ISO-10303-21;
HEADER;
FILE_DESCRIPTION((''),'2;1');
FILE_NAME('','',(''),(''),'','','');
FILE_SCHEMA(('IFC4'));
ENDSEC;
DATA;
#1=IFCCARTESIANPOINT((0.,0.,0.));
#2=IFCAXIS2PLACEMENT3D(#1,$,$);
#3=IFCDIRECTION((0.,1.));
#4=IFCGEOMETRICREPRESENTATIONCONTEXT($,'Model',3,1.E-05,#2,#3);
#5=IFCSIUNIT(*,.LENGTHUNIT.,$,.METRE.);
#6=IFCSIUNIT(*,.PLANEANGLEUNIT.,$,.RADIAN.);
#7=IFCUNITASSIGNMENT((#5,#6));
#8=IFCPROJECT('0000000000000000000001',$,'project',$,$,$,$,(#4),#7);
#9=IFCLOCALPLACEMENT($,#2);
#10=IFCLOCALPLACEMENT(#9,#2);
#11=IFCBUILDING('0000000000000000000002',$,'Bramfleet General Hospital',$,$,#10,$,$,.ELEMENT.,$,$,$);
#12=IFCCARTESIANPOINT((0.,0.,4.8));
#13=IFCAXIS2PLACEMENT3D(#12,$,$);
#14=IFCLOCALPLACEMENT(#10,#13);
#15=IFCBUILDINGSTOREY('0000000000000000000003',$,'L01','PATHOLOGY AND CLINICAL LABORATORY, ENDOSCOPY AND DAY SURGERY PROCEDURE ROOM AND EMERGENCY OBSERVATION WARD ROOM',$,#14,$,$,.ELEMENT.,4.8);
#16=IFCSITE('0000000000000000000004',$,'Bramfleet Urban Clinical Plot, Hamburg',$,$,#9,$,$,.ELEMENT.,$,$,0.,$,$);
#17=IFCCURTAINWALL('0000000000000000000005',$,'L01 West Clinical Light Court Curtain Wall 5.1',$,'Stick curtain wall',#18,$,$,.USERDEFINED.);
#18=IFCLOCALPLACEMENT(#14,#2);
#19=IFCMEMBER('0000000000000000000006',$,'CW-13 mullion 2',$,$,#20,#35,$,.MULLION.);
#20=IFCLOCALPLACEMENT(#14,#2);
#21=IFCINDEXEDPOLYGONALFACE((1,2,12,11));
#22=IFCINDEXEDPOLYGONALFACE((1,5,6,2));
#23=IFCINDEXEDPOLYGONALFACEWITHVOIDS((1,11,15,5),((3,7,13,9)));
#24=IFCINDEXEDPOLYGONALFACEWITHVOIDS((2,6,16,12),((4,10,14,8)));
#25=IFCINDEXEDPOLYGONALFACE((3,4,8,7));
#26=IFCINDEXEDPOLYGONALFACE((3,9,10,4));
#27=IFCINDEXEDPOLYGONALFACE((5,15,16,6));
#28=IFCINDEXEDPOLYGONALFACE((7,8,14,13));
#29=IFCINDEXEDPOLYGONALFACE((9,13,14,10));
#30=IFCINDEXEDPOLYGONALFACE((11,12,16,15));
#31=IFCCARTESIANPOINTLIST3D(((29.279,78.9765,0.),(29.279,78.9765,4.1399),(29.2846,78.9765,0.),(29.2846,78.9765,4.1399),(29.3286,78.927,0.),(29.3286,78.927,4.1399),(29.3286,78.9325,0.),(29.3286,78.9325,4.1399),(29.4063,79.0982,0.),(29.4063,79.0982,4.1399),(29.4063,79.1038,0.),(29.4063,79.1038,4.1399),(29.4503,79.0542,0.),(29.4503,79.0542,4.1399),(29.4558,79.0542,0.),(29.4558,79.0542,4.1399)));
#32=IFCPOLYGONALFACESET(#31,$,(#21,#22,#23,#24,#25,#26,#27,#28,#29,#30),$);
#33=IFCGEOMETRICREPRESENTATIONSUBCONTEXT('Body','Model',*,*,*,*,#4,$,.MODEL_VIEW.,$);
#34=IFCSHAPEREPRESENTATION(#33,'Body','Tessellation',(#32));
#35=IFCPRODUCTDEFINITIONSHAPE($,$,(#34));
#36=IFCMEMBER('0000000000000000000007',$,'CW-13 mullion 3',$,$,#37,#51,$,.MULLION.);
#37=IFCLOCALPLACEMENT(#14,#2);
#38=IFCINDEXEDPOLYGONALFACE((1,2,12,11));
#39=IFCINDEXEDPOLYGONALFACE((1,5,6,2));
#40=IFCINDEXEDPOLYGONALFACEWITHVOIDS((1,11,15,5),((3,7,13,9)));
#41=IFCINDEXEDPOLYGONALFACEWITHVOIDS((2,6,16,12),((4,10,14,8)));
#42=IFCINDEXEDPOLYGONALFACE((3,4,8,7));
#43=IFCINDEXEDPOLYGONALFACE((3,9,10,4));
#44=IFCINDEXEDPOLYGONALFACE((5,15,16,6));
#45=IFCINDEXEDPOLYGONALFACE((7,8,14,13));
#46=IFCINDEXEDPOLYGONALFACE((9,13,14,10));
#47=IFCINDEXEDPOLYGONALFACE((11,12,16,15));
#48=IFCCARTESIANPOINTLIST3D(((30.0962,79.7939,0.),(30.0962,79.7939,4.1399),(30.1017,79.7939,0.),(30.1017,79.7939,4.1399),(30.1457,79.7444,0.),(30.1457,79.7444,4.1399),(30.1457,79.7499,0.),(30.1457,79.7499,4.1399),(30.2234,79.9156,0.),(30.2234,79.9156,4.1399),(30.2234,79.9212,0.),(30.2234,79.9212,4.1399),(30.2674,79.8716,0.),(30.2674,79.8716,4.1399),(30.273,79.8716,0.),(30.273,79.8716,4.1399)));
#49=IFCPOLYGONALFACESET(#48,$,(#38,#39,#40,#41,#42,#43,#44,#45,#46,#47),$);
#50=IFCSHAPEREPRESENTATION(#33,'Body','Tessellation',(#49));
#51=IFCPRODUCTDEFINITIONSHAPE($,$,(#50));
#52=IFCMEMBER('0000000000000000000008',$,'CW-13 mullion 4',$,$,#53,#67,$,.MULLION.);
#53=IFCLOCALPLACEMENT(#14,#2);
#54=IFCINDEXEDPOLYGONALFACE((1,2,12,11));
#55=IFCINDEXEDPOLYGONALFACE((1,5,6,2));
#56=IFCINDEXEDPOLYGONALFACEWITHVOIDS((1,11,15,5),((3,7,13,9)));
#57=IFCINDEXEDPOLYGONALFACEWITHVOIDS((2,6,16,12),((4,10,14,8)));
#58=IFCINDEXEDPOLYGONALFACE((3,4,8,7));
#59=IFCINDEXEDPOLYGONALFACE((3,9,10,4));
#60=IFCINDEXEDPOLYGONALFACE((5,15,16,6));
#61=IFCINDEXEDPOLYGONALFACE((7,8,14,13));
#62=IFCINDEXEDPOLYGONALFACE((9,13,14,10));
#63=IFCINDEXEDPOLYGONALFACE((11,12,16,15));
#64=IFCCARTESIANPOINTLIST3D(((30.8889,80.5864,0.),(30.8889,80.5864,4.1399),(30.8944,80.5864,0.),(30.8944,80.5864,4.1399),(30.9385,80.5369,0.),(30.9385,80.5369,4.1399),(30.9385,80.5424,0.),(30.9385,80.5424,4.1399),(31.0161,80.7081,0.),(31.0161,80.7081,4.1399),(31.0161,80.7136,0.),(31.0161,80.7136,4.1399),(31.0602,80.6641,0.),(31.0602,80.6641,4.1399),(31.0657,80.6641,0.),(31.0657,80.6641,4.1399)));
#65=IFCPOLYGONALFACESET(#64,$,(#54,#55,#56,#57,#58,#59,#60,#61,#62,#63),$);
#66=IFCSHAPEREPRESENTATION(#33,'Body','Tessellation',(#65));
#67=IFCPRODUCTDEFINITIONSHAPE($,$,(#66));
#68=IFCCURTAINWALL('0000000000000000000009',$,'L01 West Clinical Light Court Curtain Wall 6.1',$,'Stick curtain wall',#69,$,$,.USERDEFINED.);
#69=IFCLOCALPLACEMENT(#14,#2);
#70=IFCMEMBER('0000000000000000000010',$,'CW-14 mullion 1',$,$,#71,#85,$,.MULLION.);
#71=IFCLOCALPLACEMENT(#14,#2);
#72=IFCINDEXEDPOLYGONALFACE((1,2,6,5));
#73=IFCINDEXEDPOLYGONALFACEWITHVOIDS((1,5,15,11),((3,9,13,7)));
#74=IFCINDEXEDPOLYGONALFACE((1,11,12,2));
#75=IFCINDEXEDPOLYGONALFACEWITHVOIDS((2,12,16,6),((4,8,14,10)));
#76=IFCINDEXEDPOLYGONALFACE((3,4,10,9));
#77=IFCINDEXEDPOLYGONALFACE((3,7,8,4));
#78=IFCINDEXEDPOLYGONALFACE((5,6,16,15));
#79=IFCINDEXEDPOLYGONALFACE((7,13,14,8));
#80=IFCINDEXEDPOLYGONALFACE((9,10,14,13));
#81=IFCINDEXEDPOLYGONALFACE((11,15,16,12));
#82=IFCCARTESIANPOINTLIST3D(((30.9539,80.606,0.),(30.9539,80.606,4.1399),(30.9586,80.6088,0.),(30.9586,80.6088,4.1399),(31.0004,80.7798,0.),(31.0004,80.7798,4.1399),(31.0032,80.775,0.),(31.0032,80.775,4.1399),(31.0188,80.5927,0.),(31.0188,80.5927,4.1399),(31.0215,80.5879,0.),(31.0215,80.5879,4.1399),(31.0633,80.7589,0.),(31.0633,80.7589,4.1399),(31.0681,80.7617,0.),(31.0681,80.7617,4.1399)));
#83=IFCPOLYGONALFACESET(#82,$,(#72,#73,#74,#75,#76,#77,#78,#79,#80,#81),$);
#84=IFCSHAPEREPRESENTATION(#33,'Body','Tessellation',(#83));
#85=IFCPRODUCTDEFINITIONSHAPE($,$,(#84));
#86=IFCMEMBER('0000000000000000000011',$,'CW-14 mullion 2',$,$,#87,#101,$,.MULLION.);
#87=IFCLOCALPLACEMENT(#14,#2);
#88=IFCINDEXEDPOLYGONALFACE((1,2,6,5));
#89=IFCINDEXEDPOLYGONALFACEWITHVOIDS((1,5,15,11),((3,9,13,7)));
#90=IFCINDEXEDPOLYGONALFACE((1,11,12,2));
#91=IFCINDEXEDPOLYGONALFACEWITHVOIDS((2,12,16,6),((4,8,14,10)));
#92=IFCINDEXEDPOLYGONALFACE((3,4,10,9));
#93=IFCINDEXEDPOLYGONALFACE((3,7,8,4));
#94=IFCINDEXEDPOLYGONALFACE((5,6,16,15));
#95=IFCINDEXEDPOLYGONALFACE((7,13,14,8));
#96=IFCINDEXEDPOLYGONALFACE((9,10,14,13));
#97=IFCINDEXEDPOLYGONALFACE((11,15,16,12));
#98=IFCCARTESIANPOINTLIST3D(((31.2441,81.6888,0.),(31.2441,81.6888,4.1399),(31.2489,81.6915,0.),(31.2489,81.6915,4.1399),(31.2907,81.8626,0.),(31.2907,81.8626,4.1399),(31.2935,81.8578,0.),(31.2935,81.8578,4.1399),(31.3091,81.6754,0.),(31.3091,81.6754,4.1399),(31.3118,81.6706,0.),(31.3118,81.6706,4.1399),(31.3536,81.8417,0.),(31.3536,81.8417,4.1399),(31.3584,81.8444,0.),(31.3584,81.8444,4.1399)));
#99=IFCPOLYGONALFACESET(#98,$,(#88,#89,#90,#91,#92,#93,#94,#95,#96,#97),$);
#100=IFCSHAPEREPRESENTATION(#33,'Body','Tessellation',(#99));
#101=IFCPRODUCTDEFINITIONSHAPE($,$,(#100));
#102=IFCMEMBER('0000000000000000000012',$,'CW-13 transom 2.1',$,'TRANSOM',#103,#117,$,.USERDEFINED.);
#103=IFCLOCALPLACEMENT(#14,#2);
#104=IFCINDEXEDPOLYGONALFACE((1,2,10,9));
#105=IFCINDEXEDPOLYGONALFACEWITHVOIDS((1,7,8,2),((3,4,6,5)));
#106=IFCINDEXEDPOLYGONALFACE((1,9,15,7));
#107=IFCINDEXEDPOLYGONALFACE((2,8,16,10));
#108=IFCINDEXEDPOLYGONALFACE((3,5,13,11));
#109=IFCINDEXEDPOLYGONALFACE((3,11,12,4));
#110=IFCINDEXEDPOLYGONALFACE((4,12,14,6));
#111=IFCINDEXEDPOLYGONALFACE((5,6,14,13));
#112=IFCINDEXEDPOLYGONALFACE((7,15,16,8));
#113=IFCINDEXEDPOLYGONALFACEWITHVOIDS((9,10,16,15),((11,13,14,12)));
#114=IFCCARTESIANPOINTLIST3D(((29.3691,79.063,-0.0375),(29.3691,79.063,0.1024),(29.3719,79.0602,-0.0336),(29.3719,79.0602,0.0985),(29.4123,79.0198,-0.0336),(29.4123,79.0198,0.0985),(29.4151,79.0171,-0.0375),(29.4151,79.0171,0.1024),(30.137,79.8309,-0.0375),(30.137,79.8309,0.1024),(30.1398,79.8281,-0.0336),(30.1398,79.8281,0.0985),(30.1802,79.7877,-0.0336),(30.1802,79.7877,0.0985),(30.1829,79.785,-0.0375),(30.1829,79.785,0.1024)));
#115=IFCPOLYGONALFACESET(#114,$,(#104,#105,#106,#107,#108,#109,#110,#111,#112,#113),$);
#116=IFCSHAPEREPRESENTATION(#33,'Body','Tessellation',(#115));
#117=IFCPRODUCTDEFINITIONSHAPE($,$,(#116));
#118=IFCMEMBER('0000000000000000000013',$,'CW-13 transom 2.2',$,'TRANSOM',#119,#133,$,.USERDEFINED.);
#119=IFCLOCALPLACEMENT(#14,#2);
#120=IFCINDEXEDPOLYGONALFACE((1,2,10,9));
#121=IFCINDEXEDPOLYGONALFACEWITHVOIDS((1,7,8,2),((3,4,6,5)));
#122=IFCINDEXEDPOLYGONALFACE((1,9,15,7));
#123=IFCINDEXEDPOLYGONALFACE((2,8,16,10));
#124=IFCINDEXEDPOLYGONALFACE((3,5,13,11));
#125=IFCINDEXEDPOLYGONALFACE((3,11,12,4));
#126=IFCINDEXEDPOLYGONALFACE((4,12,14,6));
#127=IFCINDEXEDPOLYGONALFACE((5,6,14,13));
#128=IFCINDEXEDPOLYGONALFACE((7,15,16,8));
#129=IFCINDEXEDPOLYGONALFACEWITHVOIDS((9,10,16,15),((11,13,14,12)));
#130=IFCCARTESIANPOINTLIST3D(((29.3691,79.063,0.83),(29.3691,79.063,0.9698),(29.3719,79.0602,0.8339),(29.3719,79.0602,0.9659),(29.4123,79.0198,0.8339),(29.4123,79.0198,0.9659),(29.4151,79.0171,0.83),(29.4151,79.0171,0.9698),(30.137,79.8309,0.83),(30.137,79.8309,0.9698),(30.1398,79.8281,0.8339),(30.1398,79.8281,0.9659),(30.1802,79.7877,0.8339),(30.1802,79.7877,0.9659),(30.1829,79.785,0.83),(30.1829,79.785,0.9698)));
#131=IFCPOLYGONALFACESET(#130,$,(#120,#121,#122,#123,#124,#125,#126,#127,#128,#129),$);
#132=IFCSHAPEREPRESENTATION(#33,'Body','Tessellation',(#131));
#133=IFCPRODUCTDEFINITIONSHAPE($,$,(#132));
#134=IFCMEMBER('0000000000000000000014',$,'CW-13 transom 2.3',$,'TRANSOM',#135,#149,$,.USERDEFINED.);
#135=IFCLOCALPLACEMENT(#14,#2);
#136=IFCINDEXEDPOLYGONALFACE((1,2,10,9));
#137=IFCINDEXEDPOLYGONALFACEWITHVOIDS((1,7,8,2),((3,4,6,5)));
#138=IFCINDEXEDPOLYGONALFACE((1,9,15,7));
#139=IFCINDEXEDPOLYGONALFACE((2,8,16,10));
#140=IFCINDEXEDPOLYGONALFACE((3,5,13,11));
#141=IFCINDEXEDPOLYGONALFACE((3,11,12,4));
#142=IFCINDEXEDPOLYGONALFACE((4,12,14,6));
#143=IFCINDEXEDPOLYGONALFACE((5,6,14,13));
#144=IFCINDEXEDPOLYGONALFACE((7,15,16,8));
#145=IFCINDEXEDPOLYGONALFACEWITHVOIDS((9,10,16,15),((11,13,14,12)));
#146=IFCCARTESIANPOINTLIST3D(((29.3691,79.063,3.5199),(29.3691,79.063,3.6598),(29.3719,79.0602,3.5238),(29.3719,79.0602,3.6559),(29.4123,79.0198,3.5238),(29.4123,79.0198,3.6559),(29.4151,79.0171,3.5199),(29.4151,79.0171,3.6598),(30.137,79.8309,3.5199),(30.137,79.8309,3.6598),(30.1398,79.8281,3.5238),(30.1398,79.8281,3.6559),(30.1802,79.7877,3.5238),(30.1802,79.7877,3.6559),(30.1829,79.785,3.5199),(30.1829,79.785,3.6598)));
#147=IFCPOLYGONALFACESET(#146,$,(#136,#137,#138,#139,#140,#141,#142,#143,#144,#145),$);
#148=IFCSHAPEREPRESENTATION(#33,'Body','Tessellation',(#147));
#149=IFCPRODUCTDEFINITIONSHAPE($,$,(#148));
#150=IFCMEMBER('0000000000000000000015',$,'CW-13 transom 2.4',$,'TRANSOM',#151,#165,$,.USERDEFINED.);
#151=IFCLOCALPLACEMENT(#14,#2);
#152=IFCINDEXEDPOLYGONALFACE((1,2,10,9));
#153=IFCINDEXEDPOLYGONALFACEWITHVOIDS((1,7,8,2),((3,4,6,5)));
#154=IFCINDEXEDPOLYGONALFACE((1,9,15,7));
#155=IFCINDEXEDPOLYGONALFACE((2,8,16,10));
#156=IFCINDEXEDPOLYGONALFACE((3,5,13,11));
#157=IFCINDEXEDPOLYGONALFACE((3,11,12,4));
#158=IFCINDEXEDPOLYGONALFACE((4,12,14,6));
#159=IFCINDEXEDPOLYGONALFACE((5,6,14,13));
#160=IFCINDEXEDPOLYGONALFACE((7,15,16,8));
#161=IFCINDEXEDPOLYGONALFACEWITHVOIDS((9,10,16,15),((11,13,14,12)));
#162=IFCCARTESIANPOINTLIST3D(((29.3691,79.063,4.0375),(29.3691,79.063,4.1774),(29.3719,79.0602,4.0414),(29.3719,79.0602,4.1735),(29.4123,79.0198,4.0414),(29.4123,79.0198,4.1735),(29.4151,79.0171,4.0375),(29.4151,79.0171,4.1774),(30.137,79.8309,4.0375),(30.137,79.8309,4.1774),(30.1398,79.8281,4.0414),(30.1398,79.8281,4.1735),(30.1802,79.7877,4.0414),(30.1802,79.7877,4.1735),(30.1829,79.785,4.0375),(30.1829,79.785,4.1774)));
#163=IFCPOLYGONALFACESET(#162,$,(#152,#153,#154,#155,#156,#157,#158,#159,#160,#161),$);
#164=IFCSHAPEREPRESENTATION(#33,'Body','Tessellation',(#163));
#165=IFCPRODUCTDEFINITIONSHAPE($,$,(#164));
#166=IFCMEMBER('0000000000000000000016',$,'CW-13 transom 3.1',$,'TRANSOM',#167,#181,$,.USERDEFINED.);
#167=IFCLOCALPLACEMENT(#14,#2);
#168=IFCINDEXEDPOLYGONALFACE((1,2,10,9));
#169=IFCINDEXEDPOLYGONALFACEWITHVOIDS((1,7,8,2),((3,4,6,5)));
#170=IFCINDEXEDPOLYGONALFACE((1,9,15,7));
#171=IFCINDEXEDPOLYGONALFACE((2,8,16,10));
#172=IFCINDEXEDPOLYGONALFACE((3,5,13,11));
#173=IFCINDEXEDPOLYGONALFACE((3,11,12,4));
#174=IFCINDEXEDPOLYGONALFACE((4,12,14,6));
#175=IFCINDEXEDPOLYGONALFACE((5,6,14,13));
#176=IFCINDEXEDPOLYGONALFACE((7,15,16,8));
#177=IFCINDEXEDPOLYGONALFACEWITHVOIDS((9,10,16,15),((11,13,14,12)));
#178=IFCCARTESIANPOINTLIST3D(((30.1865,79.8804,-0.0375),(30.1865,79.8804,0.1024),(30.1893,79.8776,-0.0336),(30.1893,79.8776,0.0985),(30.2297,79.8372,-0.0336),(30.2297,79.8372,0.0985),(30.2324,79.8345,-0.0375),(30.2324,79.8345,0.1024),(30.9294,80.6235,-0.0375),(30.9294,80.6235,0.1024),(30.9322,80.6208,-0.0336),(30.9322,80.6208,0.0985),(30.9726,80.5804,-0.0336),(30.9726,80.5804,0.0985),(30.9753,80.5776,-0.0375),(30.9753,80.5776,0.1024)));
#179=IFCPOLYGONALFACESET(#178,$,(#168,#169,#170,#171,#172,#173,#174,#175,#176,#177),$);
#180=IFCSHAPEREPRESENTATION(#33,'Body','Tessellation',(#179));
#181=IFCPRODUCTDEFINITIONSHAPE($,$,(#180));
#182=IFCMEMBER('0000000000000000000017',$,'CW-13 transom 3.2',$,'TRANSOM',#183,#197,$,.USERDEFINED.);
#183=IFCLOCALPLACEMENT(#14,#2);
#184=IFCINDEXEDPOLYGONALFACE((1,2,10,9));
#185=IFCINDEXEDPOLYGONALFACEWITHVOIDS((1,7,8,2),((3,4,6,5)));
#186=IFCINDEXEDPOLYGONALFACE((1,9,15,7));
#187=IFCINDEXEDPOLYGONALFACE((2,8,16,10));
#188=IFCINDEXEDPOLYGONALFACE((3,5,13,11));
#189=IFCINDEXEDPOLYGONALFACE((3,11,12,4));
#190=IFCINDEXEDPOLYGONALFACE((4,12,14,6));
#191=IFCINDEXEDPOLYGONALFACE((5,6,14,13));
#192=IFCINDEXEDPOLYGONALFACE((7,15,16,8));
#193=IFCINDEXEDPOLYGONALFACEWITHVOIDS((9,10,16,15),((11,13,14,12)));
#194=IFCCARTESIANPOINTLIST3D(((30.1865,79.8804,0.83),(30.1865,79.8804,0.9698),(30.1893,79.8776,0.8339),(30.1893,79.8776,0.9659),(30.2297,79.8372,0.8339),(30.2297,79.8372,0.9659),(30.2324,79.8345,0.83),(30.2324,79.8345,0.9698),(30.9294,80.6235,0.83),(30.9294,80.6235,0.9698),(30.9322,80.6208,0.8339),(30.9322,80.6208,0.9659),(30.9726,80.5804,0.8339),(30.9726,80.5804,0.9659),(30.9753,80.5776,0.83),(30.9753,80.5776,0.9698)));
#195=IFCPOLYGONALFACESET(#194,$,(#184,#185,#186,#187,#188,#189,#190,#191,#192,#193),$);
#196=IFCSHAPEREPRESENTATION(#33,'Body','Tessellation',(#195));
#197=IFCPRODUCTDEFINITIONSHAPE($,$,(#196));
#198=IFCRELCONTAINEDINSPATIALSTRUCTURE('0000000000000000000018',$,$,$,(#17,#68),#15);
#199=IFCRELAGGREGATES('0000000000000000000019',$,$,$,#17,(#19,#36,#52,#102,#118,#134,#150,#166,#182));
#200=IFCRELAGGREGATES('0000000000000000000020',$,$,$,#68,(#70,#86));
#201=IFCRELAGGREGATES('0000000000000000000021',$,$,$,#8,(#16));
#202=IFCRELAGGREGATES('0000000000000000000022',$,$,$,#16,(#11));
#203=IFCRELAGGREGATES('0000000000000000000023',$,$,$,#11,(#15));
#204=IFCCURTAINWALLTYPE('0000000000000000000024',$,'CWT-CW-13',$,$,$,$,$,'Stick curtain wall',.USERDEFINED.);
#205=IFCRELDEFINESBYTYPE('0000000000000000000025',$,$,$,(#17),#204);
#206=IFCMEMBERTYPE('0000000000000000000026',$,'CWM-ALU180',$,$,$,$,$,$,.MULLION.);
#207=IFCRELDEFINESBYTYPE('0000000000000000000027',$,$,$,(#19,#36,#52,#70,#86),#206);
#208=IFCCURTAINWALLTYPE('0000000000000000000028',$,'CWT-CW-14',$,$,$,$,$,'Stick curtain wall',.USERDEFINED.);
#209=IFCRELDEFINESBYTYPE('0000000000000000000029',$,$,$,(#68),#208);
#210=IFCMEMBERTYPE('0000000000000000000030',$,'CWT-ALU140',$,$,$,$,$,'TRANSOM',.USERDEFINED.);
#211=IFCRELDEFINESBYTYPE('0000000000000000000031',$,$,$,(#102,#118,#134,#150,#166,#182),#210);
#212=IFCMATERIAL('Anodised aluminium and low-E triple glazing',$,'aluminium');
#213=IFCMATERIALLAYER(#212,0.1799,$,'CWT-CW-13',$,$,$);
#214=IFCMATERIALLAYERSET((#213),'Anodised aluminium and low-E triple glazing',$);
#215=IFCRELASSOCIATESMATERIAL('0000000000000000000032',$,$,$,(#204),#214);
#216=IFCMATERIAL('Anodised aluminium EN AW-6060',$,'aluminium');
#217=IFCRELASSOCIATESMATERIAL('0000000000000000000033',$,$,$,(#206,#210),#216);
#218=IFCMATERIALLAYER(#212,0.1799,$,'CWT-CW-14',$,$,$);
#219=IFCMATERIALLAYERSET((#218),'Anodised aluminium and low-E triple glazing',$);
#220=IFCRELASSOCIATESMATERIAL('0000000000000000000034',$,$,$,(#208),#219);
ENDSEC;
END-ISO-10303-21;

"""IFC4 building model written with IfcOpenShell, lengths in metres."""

from ifc_helpers import new_model, si_unit, direction, frame, origin, origin_2d, place, context, subcontext, project, spatial, hollow_rectangle, extrude, material, layer, layer_set, material_profile, profile_set, type_object, element, aggregate, save


model = new_model("IFC4")

# Units and contexts
model_context = context("Model", 3, precision=1e-05, world=origin(), true_north=direction((0.0, 1.0)))
body_context = subcontext(model_context, "Body", "Model", "MODEL_VIEW")
ifc_project = project(units=[si_unit("LENGTHUNIT", "METRE"), si_unit("PLANEANGLEUNIT", "RADIAN")], contexts=[model_context])

# Site, building, storey
site_placement = place(None, origin())
site = spatial("IfcSite", under=ifc_project, at=site_placement, Name="Bramfleet Urban Clinical Plot, Hamburg", CompositionType="ELEMENT", RefElevation=0.0)
building_placement = place(site_placement, origin())
building = spatial("IfcBuilding", under=site, at=building_placement, Name="Bramfleet General Hospital", CompositionType="ELEMENT")
storey_placement = place(building_placement, frame((0.0, 0.0, 4.8)))
storey = spatial("IfcBuildingStorey", under=building, at=storey_placement, Name="L01", Description="PATHOLOGY AND CLINICAL LABORATORY, ENDOSCOPY AND DAY SURGERY PROCEDURE ROOM AND EMERGENCY OBSERVATION WARD ROOM", CompositionType="ELEMENT", Elevation=4.8)

# Curtain walls, members
ifc_material_1 = material(Name="Anodised aluminium and low-E triple glazing", Category="aluminium")
ifc_layer_1 = layer(ifc_material_1, 0.1799, Name="CWT-CW-13")
ifc_layer_set_1 = layer_set([ifc_layer_1], Name="Anodised aluminium and low-E triple glazing")
curtain_wall_type_1 = type_object("IfcCurtainWallType", Name="CWT-CW-13", ElementType="Stick curtain wall", PredefinedType="USERDEFINED", material=ifc_layer_set_1)
curtain_wall_1_placement = place(storey_placement, origin())
curtain_wall_1 = element("IfcCurtainWall", 1, at=curtain_wall_1_placement, inside=storey, type_object=curtain_wall_type_1, Name="L01 West Clinical Light Court Curtain Wall 5.1", ObjectType="Stick curtain wall", PredefinedType="USERDEFINED")
ifc_material_2 = material(Name="Anodised aluminium EN AW-6060", Category="aluminium")
ifc_material_profile_1 = material_profile(ifc_material_2, hollow_rectangle(XDim=0.0701, YDim=0.1799, WallThickness=0.0039, at=origin_2d()), Name="ALU 180x70x4.0")
ifc_profile_set_1 = profile_set([ifc_material_profile_1], Name="Anodised aluminium EN AW-6060")
member_type_1 = type_object("IfcMemberType", Name="CWM-ALU180", PredefinedType="MULLION", material=ifc_profile_set_1)
member_1_placement = place(storey_placement, frame((29.3674, 79.0154, 0.0), z_axis=(0.0, 0.0, 1.0), x_axis=(-0.707107, 0.707107, 0.0)))
member_1 = element("IfcMember", 2, at=member_1_placement, type_object=member_type_1, Name="CW-13 mullion 2", PredefinedType="MULLION", context=body_context, shape_type="SweptSolid", body=[
    extrude(hollow_rectangle(XDim=0.0701, YDim=0.1799, WallThickness=0.0039, at=origin_2d()), origin(), (0.0, 0.0, 1.0), 4.1399),
])
member_2_placement = place(storey_placement, frame((30.1846, 79.8328, 0.0), z_axis=(0.0, 0.0, 1.0), x_axis=(-0.707107, 0.707107, 0.0)))
member_2 = element("IfcMember", 3, at=member_2_placement, type_object=member_type_1, Name="CW-13 mullion 3", PredefinedType="MULLION", context=body_context, shape_type="SweptSolid", body=[
    extrude(hollow_rectangle(XDim=0.0701, YDim=0.1799, WallThickness=0.0039, at=origin_2d()), origin(), (0.0, 0.0, 1.0), 4.1399),
])
member_3_placement = place(storey_placement, frame((30.9773, 80.6252, 0.0), z_axis=(0.0, 0.0, 1.0), x_axis=(-0.707107, 0.707107, 0.0)))
member_3 = element("IfcMember", 4, at=member_3_placement, type_object=member_type_1, Name="CW-13 mullion 4", PredefinedType="MULLION", context=body_context, shape_type="SweptSolid", body=[
    extrude(hollow_rectangle(XDim=0.0701, YDim=0.1799, WallThickness=0.0039, at=origin_2d()), origin(), (0.0, 0.0, 1.0), 4.1399),
])
ifc_layer_2 = layer(ifc_material_1, 0.1799, Name="CWT-CW-14")
ifc_layer_set_2 = layer_set([ifc_layer_2], Name="Anodised aluminium and low-E triple glazing")
curtain_wall_type_2 = type_object("IfcCurtainWallType", Name="CWT-CW-14", ElementType="Stick curtain wall", PredefinedType="USERDEFINED", material=ifc_layer_set_2)
curtain_wall_2_placement = place(storey_placement, origin())
curtain_wall_2 = element("IfcCurtainWall", 5, at=curtain_wall_2_placement, inside=storey, type_object=curtain_wall_type_2, Name="L01 West Clinical Light Court Curtain Wall 6.1", ObjectType="Stick curtain wall", PredefinedType="USERDEFINED")
member_4_placement = place(storey_placement, frame((31.011, 80.6838, 0.0), z_axis=(0.0, 0.0, 1.0), x_axis=(-0.965899, 0.258919, 0.0)))
member_4 = element("IfcMember", 6, at=member_4_placement, type_object=member_type_1, Name="CW-14 mullion 1", PredefinedType="MULLION", context=body_context, shape_type="SweptSolid", body=[
    extrude(hollow_rectangle(XDim=0.0701, YDim=0.1799, WallThickness=0.0039, at=origin_2d()), origin(), (0.0, 0.0, 1.0), 4.1399),
])
member_5_placement = place(storey_placement, frame((31.3013, 81.7666, 0.0), z_axis=(0.0, 0.0, 1.0), x_axis=(-0.965899, 0.258919, 0.0)))
member_5 = element("IfcMember", 7, at=member_5_placement, type_object=member_type_1, Name="CW-14 mullion 2", PredefinedType="MULLION", context=body_context, shape_type="SweptSolid", body=[
    extrude(hollow_rectangle(XDim=0.0701, YDim=0.1799, WallThickness=0.0039, at=origin_2d()), origin(), (0.0, 0.0, 1.0), 4.1399),
])

# Members
ifc_material_profile_2 = material_profile(ifc_material_2, hollow_rectangle(XDim=0.0649, YDim=0.1399, WallThickness=0.0039, at=origin_2d()), Name="ALU 140x65x4.0")
ifc_profile_set_2 = profile_set([ifc_material_profile_2], Name="Anodised aluminium EN AW-6060")
member_type_2 = type_object("IfcMemberType", Name="CWT-ALU140", ElementType="TRANSOM", PredefinedType="USERDEFINED", material=ifc_profile_set_2)
member_6_placement = place(storey_placement, frame((29.3921, 79.04, 0.0325), z_axis=(0.707107, 0.707107, 0.0), x_axis=(-0.707107, 0.707107, 0.0)))
member_6 = element("IfcMember", 8, at=member_6_placement, type_object=member_type_2, Name="CW-13 transom 2.1", ObjectType="TRANSOM", PredefinedType="USERDEFINED", context=body_context, shape_type="SweptSolid", body=[
    extrude(hollow_rectangle(XDim=0.0649, YDim=0.1399, WallThickness=0.0039, at=origin_2d()), origin(), (0.0, 0.0, 1.0), 1.0859),
])
member_7_placement = place(storey_placement, frame((29.3921, 79.04, 0.8999), z_axis=(0.707107, 0.707107, 0.0), x_axis=(-0.707107, 0.707107, 0.0)))
member_7 = element("IfcMember", 9, at=member_7_placement, type_object=member_type_2, Name="CW-13 transom 2.2", ObjectType="TRANSOM", PredefinedType="USERDEFINED", context=body_context, shape_type="SweptSolid", body=[
    extrude(hollow_rectangle(XDim=0.0649, YDim=0.1399, WallThickness=0.0039, at=origin_2d()), origin(), (0.0, 0.0, 1.0), 1.0859),
])
member_8_placement = place(storey_placement, frame((29.3921, 79.04, 3.5898), z_axis=(0.707107, 0.707107, 0.0), x_axis=(-0.707107, 0.707107, 0.0)))
member_8 = element("IfcMember", 10, at=member_8_placement, type_object=member_type_2, Name="CW-13 transom 2.3", ObjectType="TRANSOM", PredefinedType="USERDEFINED", context=body_context, shape_type="SweptSolid", body=[
    extrude(hollow_rectangle(XDim=0.0649, YDim=0.1399, WallThickness=0.0039, at=origin_2d()), origin(), (0.0, 0.0, 1.0), 1.0859),
])
member_9_placement = place(storey_placement, frame((29.3921, 79.04, 4.1074), z_axis=(0.707107, 0.707107, 0.0), x_axis=(-0.707107, 0.707107, 0.0)))
member_9 = element("IfcMember", 11, at=member_9_placement, type_object=member_type_2, Name="CW-13 transom 2.4", ObjectType="TRANSOM", PredefinedType="USERDEFINED", context=body_context, shape_type="SweptSolid", body=[
    extrude(hollow_rectangle(XDim=0.0649, YDim=0.1399, WallThickness=0.0039, at=origin_2d()), origin(), (0.0, 0.0, 1.0), 1.0859),
])
member_10_placement = place(storey_placement, frame((30.2095, 79.8574, 0.0325), z_axis=(0.706991, 0.707223, 0.0), x_axis=(-0.707223, 0.706991, 0.0)))
member_10 = element("IfcMember", 12, at=member_10_placement, type_object=member_type_2, Name="CW-13 transom 3.1", ObjectType="TRANSOM", PredefinedType="USERDEFINED", context=body_context, shape_type="SweptSolid", body=[
    extrude(hollow_rectangle(XDim=0.0649, YDim=0.1399, WallThickness=0.0039, at=origin_2d()), origin(), (0.0, 0.0, 1.0), 1.0508),
])
member_11_placement = place(storey_placement, frame((30.2095, 79.8574, 0.8999), z_axis=(0.706991, 0.707223, 0.0), x_axis=(-0.707223, 0.706991, 0.0)))
member_11 = element("IfcMember", 13, at=member_11_placement, type_object=member_type_2, Name="CW-13 transom 3.2", ObjectType="TRANSOM", PredefinedType="USERDEFINED", context=body_context, shape_type="SweptSolid", body=[
    extrude(hollow_rectangle(XDim=0.0649, YDim=0.1399, WallThickness=0.0039, at=origin_2d()), origin(), (0.0, 0.0, 1.0), 1.0508),
])

aggregate(curtain_wall_1, [member_1, member_2, member_3, member_6, member_7, member_8, member_9, member_10, member_11])
aggregate(curtain_wall_2, [member_4, member_5])

save(model, "model.ifc")
